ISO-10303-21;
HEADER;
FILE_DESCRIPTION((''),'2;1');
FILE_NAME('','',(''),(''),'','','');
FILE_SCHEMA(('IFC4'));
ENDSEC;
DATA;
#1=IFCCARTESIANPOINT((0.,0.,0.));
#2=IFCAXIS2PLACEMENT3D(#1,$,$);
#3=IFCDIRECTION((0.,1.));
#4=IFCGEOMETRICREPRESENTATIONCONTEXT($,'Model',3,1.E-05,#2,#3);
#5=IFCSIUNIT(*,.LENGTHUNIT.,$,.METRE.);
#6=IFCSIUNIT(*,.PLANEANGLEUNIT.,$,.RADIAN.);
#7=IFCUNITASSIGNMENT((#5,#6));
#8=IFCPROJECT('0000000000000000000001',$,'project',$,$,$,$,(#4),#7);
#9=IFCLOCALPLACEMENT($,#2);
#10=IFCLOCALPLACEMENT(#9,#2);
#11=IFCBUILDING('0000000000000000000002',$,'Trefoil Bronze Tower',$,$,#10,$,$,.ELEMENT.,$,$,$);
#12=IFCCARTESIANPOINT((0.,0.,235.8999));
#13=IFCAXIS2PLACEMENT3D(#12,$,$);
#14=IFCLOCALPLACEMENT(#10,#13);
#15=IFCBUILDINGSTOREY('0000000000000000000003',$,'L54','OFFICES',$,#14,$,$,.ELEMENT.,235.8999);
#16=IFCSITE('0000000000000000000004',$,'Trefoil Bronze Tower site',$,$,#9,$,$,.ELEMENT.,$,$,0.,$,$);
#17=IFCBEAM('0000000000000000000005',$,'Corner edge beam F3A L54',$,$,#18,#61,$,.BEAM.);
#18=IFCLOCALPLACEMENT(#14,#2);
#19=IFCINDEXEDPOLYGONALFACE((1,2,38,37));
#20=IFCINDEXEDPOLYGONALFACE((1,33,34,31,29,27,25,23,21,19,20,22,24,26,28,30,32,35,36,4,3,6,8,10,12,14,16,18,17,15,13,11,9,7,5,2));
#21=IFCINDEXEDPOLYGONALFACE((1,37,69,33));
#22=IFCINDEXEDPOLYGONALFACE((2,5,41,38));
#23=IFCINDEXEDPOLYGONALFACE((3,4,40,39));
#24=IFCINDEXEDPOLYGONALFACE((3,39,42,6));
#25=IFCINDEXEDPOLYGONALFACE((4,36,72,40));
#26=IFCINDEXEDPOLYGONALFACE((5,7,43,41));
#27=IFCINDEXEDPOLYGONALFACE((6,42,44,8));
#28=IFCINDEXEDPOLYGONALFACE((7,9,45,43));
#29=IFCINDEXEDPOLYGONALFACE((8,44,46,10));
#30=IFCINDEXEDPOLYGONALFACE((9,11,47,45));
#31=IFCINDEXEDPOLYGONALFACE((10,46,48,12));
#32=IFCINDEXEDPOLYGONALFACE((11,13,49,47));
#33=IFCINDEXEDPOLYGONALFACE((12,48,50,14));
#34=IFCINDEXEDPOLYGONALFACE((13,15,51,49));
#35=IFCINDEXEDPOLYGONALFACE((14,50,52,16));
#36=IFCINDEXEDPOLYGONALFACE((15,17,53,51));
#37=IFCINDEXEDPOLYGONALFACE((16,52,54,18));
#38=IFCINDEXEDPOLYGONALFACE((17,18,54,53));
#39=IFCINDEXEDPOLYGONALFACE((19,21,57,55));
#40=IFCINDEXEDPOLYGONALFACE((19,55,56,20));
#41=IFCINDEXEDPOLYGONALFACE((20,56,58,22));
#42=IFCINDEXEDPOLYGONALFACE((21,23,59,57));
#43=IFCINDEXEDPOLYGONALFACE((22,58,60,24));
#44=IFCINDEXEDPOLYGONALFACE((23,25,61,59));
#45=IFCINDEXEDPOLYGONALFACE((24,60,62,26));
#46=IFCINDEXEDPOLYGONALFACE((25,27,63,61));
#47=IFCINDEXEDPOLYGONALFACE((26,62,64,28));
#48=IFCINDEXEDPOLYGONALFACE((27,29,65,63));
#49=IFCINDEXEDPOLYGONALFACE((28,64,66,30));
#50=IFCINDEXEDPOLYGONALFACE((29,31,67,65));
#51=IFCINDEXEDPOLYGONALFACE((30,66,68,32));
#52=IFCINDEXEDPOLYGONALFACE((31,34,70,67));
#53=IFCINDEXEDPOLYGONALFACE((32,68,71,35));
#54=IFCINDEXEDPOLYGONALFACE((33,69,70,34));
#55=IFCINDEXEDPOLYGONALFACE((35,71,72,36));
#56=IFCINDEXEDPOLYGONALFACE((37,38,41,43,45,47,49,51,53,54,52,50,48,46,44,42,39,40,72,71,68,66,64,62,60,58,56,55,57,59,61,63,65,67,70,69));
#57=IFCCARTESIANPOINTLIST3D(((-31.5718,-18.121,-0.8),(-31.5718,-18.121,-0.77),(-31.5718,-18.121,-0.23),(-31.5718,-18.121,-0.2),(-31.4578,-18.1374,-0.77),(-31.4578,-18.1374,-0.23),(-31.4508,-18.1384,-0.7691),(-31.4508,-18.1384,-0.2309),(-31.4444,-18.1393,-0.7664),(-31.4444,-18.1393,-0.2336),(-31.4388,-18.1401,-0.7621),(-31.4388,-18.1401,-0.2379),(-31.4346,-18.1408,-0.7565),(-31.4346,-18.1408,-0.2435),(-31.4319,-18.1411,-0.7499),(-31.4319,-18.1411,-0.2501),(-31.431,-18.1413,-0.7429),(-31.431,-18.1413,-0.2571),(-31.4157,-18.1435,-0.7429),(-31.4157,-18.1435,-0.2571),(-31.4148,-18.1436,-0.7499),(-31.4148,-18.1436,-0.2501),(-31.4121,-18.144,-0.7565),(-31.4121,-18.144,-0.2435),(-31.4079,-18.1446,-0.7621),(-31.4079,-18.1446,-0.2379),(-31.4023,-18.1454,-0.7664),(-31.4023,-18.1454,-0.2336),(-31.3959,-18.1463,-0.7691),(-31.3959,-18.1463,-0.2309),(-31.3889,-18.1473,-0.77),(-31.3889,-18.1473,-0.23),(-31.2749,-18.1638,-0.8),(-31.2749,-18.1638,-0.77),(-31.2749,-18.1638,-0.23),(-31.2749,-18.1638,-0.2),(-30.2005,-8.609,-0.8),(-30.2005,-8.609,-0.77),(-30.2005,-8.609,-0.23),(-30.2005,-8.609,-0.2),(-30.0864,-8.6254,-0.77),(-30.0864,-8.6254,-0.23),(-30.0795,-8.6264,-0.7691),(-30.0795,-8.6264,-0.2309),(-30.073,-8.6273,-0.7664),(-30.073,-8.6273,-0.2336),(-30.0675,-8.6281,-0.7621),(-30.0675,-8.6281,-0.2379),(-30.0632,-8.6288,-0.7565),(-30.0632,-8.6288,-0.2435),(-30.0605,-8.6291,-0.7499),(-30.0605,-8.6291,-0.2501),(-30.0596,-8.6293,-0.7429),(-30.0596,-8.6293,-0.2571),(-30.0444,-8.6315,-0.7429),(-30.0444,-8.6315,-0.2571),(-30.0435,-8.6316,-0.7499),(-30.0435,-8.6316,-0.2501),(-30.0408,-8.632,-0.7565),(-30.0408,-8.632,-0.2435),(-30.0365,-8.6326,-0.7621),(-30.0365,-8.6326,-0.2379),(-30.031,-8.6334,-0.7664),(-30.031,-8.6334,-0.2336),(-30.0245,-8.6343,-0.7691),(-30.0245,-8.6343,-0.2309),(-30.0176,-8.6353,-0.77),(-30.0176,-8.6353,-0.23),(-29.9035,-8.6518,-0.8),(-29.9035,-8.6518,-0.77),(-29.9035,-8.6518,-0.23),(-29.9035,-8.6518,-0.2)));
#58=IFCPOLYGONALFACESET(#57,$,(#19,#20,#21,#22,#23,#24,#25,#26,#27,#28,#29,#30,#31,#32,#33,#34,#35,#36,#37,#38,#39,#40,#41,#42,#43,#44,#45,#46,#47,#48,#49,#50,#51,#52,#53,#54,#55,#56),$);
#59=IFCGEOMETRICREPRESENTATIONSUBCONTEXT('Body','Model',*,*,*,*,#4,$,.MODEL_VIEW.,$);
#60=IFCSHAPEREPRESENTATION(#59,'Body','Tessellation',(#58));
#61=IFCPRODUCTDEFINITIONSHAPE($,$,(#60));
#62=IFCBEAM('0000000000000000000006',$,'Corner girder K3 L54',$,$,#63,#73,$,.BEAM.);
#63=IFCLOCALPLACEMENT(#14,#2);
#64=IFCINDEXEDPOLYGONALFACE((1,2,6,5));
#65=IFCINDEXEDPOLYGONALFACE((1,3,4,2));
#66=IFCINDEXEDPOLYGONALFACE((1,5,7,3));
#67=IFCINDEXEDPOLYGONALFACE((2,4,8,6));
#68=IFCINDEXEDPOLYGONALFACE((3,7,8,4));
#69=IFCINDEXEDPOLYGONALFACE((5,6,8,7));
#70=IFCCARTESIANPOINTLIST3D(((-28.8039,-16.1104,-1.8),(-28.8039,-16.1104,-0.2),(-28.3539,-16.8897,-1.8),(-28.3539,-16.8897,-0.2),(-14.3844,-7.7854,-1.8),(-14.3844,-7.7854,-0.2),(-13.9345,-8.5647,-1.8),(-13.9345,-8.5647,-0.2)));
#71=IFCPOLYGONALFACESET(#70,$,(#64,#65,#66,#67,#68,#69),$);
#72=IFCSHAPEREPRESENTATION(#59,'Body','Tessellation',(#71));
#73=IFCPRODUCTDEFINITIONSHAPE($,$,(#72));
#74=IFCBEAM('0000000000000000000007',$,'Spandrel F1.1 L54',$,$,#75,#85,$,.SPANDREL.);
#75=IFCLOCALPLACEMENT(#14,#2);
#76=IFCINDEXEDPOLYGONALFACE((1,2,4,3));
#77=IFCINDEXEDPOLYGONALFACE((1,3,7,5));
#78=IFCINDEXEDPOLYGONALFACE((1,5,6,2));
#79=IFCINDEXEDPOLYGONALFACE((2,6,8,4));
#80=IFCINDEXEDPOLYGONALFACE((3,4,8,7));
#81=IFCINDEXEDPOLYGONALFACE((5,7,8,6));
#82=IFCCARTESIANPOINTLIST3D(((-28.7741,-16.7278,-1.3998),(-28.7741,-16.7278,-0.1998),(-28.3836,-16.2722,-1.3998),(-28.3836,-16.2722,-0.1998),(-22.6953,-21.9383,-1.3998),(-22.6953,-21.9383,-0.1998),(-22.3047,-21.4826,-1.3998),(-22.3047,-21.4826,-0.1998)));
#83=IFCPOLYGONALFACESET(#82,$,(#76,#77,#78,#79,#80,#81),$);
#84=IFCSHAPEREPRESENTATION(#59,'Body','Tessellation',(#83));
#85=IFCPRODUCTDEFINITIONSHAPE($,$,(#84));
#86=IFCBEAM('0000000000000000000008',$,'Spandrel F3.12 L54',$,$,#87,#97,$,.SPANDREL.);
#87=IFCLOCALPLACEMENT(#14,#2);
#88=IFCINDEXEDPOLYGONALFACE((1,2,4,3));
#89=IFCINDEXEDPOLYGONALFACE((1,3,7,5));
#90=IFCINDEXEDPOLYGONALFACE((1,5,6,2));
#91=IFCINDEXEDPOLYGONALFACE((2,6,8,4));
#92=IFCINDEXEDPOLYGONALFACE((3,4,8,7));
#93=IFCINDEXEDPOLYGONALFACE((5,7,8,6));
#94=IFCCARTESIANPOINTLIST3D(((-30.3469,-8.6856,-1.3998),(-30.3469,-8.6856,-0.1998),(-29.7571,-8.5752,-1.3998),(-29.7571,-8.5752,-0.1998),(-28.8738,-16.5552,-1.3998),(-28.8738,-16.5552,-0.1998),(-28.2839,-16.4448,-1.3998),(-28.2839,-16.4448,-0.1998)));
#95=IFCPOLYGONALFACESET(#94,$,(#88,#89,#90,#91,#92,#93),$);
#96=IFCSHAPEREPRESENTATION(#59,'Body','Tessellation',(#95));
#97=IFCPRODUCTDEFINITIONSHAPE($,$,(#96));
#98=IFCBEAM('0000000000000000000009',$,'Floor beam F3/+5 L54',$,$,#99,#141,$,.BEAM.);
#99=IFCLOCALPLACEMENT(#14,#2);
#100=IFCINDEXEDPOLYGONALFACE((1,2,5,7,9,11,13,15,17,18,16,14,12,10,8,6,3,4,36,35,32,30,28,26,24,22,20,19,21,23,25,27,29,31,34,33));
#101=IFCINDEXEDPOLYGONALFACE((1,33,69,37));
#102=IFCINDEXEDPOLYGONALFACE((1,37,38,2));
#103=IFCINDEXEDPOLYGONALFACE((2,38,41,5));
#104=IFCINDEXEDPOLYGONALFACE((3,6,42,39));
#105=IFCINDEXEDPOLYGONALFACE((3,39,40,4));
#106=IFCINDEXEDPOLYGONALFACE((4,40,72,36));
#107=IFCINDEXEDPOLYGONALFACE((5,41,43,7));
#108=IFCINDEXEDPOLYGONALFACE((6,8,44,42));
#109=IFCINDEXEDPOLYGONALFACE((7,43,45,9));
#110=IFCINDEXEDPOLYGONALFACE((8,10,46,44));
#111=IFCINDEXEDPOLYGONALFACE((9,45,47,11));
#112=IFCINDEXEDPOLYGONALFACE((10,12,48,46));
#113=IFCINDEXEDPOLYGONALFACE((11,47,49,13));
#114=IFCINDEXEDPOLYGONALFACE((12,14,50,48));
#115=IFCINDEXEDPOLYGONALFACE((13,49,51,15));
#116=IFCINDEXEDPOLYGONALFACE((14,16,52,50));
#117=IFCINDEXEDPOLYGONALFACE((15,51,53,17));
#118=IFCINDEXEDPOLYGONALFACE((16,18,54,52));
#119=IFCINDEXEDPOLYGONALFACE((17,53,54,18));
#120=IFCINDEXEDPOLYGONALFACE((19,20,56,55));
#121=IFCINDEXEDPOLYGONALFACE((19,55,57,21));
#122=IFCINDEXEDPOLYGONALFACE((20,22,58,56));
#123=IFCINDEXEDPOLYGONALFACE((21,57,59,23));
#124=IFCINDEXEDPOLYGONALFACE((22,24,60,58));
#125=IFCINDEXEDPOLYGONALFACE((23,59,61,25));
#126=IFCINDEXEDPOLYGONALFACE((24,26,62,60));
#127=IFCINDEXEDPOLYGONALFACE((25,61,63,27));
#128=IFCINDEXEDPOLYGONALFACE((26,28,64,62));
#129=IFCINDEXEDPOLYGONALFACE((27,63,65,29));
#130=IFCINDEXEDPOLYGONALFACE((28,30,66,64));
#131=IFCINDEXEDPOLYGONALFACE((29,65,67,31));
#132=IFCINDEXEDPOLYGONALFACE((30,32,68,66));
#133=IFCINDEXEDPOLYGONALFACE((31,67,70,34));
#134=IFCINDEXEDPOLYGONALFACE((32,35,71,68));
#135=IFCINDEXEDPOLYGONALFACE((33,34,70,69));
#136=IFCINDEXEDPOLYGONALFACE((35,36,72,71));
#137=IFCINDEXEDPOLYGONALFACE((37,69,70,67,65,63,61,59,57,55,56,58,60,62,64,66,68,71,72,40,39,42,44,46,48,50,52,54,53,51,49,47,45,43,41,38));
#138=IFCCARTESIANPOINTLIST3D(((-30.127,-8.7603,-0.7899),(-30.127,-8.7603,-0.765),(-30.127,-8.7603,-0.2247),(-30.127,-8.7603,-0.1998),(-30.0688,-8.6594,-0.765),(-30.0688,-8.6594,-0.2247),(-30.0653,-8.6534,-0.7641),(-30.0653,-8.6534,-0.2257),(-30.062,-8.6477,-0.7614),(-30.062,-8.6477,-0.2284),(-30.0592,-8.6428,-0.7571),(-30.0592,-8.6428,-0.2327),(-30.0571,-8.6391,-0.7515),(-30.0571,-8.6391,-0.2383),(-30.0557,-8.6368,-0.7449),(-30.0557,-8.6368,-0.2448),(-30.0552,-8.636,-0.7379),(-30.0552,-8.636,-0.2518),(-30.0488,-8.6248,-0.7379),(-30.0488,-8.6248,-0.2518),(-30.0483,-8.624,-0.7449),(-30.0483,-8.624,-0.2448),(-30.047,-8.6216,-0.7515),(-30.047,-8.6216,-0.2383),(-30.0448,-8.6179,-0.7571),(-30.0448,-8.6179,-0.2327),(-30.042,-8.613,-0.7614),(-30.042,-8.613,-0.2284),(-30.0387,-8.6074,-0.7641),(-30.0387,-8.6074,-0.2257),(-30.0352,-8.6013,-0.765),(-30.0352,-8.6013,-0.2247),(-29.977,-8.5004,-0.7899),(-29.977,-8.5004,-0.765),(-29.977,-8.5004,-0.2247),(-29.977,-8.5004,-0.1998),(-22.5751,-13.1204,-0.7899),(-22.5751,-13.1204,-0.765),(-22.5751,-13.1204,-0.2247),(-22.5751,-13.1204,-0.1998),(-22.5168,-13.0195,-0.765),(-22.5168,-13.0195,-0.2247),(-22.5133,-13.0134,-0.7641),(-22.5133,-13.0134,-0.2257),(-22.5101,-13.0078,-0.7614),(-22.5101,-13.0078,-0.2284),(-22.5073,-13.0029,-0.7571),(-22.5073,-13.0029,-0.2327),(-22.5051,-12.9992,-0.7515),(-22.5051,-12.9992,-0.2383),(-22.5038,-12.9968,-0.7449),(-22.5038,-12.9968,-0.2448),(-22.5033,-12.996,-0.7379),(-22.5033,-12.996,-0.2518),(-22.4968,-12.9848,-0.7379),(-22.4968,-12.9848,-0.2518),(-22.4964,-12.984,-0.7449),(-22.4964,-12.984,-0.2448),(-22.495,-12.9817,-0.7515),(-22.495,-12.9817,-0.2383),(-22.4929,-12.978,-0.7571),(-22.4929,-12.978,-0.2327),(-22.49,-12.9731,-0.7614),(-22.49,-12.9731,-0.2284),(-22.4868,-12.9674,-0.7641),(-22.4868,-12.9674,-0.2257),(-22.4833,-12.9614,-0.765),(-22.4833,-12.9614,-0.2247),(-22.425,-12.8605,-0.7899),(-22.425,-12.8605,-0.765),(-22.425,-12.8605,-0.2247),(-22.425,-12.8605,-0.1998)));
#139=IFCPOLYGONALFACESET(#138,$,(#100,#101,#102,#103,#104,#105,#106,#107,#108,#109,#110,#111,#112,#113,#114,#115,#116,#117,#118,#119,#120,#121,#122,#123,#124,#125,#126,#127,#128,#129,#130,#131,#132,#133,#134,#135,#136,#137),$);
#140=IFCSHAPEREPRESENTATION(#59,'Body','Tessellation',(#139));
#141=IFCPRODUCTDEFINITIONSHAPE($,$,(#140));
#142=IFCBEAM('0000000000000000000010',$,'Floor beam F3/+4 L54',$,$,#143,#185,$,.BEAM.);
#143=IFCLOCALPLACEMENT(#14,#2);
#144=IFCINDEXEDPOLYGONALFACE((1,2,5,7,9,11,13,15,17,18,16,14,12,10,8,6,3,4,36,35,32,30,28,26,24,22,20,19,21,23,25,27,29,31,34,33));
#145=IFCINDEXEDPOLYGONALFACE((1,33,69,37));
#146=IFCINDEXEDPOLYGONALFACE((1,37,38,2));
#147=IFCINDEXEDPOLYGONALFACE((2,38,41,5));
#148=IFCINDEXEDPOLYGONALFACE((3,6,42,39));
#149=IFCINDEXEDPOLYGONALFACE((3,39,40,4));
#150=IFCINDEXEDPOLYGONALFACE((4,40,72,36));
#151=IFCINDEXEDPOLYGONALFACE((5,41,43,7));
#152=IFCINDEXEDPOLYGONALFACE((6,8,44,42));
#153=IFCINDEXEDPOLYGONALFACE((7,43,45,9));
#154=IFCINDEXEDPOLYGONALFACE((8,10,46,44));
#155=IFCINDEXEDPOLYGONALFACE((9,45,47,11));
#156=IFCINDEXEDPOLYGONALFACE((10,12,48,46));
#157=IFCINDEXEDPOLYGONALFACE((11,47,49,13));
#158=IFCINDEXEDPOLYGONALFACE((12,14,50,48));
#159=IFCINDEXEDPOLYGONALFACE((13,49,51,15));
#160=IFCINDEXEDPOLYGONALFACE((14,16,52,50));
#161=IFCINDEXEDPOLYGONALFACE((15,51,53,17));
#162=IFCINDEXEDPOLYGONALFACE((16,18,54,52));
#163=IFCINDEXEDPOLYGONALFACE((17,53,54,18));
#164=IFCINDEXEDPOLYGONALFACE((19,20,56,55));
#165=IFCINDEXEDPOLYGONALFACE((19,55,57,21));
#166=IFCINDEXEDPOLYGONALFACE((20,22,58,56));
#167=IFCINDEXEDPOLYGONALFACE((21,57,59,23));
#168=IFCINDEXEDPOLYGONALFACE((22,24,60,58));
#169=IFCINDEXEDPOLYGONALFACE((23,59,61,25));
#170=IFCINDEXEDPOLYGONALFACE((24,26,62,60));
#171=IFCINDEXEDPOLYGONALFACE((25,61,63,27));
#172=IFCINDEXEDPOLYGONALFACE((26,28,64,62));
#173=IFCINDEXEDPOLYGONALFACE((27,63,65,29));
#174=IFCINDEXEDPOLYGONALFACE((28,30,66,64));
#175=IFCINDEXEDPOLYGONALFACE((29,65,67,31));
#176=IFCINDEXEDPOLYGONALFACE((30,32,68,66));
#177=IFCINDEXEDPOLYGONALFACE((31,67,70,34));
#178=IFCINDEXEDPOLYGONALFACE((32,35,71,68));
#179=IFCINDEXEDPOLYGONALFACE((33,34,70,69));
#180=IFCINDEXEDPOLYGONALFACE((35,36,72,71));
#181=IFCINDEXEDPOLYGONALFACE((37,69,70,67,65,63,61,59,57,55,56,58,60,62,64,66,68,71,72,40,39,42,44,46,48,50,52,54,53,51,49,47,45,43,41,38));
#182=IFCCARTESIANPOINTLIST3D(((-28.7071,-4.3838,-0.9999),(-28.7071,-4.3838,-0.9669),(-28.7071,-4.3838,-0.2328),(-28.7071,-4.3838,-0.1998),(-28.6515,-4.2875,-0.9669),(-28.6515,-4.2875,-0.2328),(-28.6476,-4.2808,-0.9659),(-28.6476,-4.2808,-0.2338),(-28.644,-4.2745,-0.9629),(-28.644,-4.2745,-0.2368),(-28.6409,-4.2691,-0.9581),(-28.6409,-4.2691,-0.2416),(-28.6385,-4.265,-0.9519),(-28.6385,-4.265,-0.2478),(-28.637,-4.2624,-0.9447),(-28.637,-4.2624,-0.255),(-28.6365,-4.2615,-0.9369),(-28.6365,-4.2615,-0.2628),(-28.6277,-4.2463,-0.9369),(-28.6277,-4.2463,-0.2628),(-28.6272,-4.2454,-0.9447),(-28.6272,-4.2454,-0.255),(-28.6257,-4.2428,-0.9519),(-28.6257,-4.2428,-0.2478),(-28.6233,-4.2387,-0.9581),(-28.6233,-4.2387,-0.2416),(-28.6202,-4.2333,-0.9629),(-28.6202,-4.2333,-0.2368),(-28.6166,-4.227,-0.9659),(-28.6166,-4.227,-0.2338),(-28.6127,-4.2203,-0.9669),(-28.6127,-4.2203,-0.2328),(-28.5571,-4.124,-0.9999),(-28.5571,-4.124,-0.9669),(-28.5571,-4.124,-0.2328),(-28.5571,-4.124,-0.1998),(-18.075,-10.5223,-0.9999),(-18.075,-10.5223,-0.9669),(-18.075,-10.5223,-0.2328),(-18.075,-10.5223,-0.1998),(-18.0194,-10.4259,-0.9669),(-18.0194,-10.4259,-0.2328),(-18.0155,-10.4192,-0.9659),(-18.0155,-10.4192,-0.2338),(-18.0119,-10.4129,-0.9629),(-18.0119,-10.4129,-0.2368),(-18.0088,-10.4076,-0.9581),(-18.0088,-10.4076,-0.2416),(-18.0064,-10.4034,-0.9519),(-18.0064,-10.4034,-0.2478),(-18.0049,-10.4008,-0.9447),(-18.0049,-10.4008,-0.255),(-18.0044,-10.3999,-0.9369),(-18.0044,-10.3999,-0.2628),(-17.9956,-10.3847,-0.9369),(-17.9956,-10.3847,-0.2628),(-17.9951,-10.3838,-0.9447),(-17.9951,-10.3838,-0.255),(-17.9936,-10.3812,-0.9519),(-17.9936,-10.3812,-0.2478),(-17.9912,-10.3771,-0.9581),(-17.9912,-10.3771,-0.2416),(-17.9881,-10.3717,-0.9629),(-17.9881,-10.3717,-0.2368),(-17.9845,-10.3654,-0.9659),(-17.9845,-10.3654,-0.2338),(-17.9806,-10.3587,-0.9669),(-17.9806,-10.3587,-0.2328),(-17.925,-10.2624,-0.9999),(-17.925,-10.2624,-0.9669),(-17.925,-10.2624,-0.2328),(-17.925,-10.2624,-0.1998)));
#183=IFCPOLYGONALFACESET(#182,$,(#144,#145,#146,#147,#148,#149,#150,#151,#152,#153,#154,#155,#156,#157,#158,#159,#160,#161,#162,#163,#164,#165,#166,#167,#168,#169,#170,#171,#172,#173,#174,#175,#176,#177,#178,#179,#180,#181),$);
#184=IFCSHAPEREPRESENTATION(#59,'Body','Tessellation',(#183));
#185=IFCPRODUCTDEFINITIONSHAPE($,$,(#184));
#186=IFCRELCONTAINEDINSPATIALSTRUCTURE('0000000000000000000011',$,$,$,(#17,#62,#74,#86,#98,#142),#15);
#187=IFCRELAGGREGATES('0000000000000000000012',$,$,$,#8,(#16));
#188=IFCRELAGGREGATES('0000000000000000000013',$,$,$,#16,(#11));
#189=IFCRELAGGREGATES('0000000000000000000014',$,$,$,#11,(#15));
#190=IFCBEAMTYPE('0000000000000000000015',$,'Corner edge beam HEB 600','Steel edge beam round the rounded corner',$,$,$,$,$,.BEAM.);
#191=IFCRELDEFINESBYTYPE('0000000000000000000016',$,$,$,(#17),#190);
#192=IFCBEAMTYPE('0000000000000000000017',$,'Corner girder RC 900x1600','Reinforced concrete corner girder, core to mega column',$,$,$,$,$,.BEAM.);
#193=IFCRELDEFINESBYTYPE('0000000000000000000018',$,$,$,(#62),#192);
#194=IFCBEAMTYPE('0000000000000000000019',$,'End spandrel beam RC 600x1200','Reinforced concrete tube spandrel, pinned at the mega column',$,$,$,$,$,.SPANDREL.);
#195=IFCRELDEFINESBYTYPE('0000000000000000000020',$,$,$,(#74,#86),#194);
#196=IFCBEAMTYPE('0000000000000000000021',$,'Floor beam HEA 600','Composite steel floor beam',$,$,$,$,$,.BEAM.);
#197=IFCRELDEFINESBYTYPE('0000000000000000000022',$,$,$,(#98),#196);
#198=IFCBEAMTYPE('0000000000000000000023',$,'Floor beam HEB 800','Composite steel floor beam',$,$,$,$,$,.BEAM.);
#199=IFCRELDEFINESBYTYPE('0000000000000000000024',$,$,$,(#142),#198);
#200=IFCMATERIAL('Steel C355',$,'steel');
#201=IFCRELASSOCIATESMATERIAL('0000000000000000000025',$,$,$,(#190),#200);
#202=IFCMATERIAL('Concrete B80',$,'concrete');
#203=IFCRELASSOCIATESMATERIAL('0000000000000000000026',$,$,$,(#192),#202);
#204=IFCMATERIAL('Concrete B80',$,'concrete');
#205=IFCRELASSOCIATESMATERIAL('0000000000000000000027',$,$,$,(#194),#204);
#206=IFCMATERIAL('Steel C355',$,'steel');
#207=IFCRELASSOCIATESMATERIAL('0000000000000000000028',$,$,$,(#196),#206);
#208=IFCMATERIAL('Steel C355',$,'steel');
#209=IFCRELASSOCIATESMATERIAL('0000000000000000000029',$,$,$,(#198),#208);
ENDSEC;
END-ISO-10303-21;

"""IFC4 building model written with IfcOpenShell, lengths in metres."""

from ifc_helpers import new_model, si_unit, direction, frame, origin, origin_2d, place, context, subcontext, project, spatial, rectangle, i_section, extrude, material, material_profile, profile_set, type_object, element, save


model = new_model("IFC4")

# Units and contexts
model_context = context("Model", 3, precision=1e-05, world=origin(), true_north=direction((0.0, 1.0)))
body_context = subcontext(model_context, "Body", "Model", "MODEL_VIEW")
ifc_project = project(units=[si_unit("LENGTHUNIT", "METRE"), si_unit("PLANEANGLEUNIT", "RADIAN")], contexts=[model_context])

# Site, building, storey
site_placement = place(None, origin())
site = spatial("IfcSite", under=ifc_project, at=site_placement, Name="Trefoil Bronze Tower site", CompositionType="ELEMENT", RefElevation=0.0)
building_placement = place(site_placement, origin())
building = spatial("IfcBuilding", under=site, at=building_placement, Name="Trefoil Bronze Tower", CompositionType="ELEMENT")
storey_placement = place(building_placement, frame((0.0, 0.0, 235.8999)))
storey = spatial("IfcBuildingStorey", under=building, at=storey_placement, Name="L54", Description="OFFICES", CompositionType="ELEMENT", Elevation=235.8999)

# Beams
ifc_material_1 = material(Name="Steel C355", Category="steel")
ifc_material_profile_1 = material_profile(ifc_material_1, i_section(OverallWidth=0.3, OverallDepth=0.6001, WebThickness=0.0154, FlangeThickness=0.03, FilletRadius=0.0271, at=origin_2d()), Name="HEB 600")
ifc_profile_set_1 = profile_set([ifc_material_profile_1], Name="Steel C355")
beam_type_1 = type_object("IfcBeamType", Name="Corner edge beam HEB 600", Description="Steel edge beam round the rounded corner", PredefinedType="BEAM", material=ifc_profile_set_1)
beam_1_placement = place(storey_placement, frame((-30.052, -8.6304, -0.5), z_axis=(-0.142694, -0.989767, 0.0), x_axis=(0.989767, -0.142694, 0.0)))
element("IfcBeam", 1, at=beam_1_placement, inside=storey, type_object=beam_type_1, Name="Corner edge beam F3A L54", PredefinedType="BEAM", context=body_context, shape_type="SweptSolid", body=[
    extrude(i_section(OverallWidth=0.3, OverallDepth=0.6001, WebThickness=0.0154, FlangeThickness=0.03, FilletRadius=0.0271, at=origin_2d()), origin(), (0.0, 0.0, 1.0), 9.6104),
])
ifc_material_2 = material(Name="Concrete B80", Category="concrete")
ifc_material_profile_2 = material_profile(ifc_material_2, rectangle(XDim=0.8999, YDim=1.6001, at=origin_2d()), Name="RC 900x1600")
ifc_profile_set_2 = profile_set([ifc_material_profile_2], Name="Concrete B80")
beam_type_2 = type_object("IfcBeamType", Name="Corner girder RC 900x1600", Description="Reinforced concrete corner girder, core to mega column", PredefinedType="BEAM", material=ifc_profile_set_2)
beam_2_placement = place(storey_placement, frame((-14.1594, -8.175, -1.0), z_axis=(-0.866028, -0.499995, 0.0), x_axis=(0.499995, -0.866028, 0.0)))
element("IfcBeam", 2, at=beam_2_placement, inside=storey, type_object=beam_type_2, Name="Corner girder K3 L54", PredefinedType="BEAM", context=body_context, shape_type="SweptSolid", body=[
    extrude(rectangle(XDim=0.8999, YDim=1.6001, at=origin_2d()), origin(), (0.0, 0.0, 1.0), 16.6501),
])
ifc_material_3 = material(Name="Concrete B80", Category="concrete")
ifc_material_profile_3 = material_profile(ifc_material_3, rectangle(XDim=0.6001, YDim=1.2, at=origin_2d()), Name="RC 600x1200")
ifc_profile_set_3 = profile_set([ifc_material_profile_3], Name="Concrete B80")
beam_type_3 = type_object("IfcBeamType", Name="End spandrel beam RC 600x1200", Description="Reinforced concrete tube spandrel, pinned at the mega column", PredefinedType="SPANDREL", material=ifc_profile_set_3)
for number, where, z_axis, x_axis, name in (
    (3, (-28.5789, -16.5, -0.7998), (0.759257, -0.650791, 0.0), (0.650791, 0.759257, 0.0), "Spandrel F1.1 L54"),
    (4, (-30.052, -8.6304, -0.7998), (0.183998, -0.982927, 0.0), (0.982927, 0.183998, 0.0), "Spandrel F3.12 L54"),
):
    element("IfcBeam", number, at=place(storey_placement, frame(where, z_axis=z_axis, x_axis=x_axis)), inside=storey, type_object=beam_type_3, Name=name, PredefinedType="SPANDREL", context=body_context, shape_type="SweptSolid", body=[
        extrude(rectangle(XDim=0.6001, YDim=1.2, at=origin_2d()), origin(), (0.0, 0.0, 1.0), 8.0063),
    ])
ifc_material_4 = material(Name="Steel C355", Category="steel")
ifc_material_profile_4 = material_profile(ifc_material_4, i_section(OverallWidth=0.3, OverallDepth=0.5901, WebThickness=0.0129, FlangeThickness=0.0249, FilletRadius=0.0271, at=origin_2d()), Name="HEA 600")
ifc_profile_set_4 = profile_set([ifc_material_profile_4], Name="Steel C355")
beam_type_4 = type_object("IfcBeamType", Name="Floor beam HEA 600", Description="Composite steel floor beam", PredefinedType="BEAM", material=ifc_profile_set_4)
beam_3_placement = place(storey_placement, frame((-30.052, -8.6304, -0.4949), z_axis=(0.866028, -0.499996, 0.0), x_axis=(0.499996, 0.866028, 0.0)))
element("IfcBeam", 5, at=beam_3_placement, inside=storey, type_object=beam_type_4, Name="Floor beam F3/+5 L54", PredefinedType="BEAM", context=body_context, shape_type="SweptSolid", body=[
    extrude(i_section(OverallWidth=0.3, OverallDepth=0.5901, WebThickness=0.0129, FlangeThickness=0.0249, FilletRadius=0.0271, at=origin_2d()), origin(), (0.0, 0.0, 1.0), 8.7202),
])
ifc_material_5 = material(Name="Steel C355", Category="steel")
ifc_material_profile_5 = material_profile(ifc_material_5, i_section(OverallWidth=0.3, OverallDepth=0.8, WebThickness=0.0176, FlangeThickness=0.033, FilletRadius=0.03, at=origin_2d()), Name="HEB 800")
ifc_profile_set_5 = profile_set([ifc_material_profile_5], Name="Steel C355")
beam_type_5 = type_object("IfcBeamType", Name="Floor beam HEB 800", Description="Composite steel floor beam", PredefinedType="BEAM", material=ifc_profile_set_5)
beam_4_placement = place(storey_placement, frame((-28.6321, -4.2539, -0.5999), z_axis=(0.866026, -0.5, 0.0), x_axis=(0.5, 0.866026, 0.0)))
element("IfcBeam", 6, at=beam_4_placement, inside=storey, type_object=beam_type_5, Name="Floor beam F3/+4 L54", PredefinedType="BEAM", context=body_context, shape_type="SweptSolid", body=[
    extrude(i_section(OverallWidth=0.3, OverallDepth=0.8, WebThickness=0.0176, FlangeThickness=0.033, FilletRadius=0.03, at=origin_2d()), origin(), (0.0, 0.0, 1.0), 12.2769),
])

save(model, "model.ifc")
